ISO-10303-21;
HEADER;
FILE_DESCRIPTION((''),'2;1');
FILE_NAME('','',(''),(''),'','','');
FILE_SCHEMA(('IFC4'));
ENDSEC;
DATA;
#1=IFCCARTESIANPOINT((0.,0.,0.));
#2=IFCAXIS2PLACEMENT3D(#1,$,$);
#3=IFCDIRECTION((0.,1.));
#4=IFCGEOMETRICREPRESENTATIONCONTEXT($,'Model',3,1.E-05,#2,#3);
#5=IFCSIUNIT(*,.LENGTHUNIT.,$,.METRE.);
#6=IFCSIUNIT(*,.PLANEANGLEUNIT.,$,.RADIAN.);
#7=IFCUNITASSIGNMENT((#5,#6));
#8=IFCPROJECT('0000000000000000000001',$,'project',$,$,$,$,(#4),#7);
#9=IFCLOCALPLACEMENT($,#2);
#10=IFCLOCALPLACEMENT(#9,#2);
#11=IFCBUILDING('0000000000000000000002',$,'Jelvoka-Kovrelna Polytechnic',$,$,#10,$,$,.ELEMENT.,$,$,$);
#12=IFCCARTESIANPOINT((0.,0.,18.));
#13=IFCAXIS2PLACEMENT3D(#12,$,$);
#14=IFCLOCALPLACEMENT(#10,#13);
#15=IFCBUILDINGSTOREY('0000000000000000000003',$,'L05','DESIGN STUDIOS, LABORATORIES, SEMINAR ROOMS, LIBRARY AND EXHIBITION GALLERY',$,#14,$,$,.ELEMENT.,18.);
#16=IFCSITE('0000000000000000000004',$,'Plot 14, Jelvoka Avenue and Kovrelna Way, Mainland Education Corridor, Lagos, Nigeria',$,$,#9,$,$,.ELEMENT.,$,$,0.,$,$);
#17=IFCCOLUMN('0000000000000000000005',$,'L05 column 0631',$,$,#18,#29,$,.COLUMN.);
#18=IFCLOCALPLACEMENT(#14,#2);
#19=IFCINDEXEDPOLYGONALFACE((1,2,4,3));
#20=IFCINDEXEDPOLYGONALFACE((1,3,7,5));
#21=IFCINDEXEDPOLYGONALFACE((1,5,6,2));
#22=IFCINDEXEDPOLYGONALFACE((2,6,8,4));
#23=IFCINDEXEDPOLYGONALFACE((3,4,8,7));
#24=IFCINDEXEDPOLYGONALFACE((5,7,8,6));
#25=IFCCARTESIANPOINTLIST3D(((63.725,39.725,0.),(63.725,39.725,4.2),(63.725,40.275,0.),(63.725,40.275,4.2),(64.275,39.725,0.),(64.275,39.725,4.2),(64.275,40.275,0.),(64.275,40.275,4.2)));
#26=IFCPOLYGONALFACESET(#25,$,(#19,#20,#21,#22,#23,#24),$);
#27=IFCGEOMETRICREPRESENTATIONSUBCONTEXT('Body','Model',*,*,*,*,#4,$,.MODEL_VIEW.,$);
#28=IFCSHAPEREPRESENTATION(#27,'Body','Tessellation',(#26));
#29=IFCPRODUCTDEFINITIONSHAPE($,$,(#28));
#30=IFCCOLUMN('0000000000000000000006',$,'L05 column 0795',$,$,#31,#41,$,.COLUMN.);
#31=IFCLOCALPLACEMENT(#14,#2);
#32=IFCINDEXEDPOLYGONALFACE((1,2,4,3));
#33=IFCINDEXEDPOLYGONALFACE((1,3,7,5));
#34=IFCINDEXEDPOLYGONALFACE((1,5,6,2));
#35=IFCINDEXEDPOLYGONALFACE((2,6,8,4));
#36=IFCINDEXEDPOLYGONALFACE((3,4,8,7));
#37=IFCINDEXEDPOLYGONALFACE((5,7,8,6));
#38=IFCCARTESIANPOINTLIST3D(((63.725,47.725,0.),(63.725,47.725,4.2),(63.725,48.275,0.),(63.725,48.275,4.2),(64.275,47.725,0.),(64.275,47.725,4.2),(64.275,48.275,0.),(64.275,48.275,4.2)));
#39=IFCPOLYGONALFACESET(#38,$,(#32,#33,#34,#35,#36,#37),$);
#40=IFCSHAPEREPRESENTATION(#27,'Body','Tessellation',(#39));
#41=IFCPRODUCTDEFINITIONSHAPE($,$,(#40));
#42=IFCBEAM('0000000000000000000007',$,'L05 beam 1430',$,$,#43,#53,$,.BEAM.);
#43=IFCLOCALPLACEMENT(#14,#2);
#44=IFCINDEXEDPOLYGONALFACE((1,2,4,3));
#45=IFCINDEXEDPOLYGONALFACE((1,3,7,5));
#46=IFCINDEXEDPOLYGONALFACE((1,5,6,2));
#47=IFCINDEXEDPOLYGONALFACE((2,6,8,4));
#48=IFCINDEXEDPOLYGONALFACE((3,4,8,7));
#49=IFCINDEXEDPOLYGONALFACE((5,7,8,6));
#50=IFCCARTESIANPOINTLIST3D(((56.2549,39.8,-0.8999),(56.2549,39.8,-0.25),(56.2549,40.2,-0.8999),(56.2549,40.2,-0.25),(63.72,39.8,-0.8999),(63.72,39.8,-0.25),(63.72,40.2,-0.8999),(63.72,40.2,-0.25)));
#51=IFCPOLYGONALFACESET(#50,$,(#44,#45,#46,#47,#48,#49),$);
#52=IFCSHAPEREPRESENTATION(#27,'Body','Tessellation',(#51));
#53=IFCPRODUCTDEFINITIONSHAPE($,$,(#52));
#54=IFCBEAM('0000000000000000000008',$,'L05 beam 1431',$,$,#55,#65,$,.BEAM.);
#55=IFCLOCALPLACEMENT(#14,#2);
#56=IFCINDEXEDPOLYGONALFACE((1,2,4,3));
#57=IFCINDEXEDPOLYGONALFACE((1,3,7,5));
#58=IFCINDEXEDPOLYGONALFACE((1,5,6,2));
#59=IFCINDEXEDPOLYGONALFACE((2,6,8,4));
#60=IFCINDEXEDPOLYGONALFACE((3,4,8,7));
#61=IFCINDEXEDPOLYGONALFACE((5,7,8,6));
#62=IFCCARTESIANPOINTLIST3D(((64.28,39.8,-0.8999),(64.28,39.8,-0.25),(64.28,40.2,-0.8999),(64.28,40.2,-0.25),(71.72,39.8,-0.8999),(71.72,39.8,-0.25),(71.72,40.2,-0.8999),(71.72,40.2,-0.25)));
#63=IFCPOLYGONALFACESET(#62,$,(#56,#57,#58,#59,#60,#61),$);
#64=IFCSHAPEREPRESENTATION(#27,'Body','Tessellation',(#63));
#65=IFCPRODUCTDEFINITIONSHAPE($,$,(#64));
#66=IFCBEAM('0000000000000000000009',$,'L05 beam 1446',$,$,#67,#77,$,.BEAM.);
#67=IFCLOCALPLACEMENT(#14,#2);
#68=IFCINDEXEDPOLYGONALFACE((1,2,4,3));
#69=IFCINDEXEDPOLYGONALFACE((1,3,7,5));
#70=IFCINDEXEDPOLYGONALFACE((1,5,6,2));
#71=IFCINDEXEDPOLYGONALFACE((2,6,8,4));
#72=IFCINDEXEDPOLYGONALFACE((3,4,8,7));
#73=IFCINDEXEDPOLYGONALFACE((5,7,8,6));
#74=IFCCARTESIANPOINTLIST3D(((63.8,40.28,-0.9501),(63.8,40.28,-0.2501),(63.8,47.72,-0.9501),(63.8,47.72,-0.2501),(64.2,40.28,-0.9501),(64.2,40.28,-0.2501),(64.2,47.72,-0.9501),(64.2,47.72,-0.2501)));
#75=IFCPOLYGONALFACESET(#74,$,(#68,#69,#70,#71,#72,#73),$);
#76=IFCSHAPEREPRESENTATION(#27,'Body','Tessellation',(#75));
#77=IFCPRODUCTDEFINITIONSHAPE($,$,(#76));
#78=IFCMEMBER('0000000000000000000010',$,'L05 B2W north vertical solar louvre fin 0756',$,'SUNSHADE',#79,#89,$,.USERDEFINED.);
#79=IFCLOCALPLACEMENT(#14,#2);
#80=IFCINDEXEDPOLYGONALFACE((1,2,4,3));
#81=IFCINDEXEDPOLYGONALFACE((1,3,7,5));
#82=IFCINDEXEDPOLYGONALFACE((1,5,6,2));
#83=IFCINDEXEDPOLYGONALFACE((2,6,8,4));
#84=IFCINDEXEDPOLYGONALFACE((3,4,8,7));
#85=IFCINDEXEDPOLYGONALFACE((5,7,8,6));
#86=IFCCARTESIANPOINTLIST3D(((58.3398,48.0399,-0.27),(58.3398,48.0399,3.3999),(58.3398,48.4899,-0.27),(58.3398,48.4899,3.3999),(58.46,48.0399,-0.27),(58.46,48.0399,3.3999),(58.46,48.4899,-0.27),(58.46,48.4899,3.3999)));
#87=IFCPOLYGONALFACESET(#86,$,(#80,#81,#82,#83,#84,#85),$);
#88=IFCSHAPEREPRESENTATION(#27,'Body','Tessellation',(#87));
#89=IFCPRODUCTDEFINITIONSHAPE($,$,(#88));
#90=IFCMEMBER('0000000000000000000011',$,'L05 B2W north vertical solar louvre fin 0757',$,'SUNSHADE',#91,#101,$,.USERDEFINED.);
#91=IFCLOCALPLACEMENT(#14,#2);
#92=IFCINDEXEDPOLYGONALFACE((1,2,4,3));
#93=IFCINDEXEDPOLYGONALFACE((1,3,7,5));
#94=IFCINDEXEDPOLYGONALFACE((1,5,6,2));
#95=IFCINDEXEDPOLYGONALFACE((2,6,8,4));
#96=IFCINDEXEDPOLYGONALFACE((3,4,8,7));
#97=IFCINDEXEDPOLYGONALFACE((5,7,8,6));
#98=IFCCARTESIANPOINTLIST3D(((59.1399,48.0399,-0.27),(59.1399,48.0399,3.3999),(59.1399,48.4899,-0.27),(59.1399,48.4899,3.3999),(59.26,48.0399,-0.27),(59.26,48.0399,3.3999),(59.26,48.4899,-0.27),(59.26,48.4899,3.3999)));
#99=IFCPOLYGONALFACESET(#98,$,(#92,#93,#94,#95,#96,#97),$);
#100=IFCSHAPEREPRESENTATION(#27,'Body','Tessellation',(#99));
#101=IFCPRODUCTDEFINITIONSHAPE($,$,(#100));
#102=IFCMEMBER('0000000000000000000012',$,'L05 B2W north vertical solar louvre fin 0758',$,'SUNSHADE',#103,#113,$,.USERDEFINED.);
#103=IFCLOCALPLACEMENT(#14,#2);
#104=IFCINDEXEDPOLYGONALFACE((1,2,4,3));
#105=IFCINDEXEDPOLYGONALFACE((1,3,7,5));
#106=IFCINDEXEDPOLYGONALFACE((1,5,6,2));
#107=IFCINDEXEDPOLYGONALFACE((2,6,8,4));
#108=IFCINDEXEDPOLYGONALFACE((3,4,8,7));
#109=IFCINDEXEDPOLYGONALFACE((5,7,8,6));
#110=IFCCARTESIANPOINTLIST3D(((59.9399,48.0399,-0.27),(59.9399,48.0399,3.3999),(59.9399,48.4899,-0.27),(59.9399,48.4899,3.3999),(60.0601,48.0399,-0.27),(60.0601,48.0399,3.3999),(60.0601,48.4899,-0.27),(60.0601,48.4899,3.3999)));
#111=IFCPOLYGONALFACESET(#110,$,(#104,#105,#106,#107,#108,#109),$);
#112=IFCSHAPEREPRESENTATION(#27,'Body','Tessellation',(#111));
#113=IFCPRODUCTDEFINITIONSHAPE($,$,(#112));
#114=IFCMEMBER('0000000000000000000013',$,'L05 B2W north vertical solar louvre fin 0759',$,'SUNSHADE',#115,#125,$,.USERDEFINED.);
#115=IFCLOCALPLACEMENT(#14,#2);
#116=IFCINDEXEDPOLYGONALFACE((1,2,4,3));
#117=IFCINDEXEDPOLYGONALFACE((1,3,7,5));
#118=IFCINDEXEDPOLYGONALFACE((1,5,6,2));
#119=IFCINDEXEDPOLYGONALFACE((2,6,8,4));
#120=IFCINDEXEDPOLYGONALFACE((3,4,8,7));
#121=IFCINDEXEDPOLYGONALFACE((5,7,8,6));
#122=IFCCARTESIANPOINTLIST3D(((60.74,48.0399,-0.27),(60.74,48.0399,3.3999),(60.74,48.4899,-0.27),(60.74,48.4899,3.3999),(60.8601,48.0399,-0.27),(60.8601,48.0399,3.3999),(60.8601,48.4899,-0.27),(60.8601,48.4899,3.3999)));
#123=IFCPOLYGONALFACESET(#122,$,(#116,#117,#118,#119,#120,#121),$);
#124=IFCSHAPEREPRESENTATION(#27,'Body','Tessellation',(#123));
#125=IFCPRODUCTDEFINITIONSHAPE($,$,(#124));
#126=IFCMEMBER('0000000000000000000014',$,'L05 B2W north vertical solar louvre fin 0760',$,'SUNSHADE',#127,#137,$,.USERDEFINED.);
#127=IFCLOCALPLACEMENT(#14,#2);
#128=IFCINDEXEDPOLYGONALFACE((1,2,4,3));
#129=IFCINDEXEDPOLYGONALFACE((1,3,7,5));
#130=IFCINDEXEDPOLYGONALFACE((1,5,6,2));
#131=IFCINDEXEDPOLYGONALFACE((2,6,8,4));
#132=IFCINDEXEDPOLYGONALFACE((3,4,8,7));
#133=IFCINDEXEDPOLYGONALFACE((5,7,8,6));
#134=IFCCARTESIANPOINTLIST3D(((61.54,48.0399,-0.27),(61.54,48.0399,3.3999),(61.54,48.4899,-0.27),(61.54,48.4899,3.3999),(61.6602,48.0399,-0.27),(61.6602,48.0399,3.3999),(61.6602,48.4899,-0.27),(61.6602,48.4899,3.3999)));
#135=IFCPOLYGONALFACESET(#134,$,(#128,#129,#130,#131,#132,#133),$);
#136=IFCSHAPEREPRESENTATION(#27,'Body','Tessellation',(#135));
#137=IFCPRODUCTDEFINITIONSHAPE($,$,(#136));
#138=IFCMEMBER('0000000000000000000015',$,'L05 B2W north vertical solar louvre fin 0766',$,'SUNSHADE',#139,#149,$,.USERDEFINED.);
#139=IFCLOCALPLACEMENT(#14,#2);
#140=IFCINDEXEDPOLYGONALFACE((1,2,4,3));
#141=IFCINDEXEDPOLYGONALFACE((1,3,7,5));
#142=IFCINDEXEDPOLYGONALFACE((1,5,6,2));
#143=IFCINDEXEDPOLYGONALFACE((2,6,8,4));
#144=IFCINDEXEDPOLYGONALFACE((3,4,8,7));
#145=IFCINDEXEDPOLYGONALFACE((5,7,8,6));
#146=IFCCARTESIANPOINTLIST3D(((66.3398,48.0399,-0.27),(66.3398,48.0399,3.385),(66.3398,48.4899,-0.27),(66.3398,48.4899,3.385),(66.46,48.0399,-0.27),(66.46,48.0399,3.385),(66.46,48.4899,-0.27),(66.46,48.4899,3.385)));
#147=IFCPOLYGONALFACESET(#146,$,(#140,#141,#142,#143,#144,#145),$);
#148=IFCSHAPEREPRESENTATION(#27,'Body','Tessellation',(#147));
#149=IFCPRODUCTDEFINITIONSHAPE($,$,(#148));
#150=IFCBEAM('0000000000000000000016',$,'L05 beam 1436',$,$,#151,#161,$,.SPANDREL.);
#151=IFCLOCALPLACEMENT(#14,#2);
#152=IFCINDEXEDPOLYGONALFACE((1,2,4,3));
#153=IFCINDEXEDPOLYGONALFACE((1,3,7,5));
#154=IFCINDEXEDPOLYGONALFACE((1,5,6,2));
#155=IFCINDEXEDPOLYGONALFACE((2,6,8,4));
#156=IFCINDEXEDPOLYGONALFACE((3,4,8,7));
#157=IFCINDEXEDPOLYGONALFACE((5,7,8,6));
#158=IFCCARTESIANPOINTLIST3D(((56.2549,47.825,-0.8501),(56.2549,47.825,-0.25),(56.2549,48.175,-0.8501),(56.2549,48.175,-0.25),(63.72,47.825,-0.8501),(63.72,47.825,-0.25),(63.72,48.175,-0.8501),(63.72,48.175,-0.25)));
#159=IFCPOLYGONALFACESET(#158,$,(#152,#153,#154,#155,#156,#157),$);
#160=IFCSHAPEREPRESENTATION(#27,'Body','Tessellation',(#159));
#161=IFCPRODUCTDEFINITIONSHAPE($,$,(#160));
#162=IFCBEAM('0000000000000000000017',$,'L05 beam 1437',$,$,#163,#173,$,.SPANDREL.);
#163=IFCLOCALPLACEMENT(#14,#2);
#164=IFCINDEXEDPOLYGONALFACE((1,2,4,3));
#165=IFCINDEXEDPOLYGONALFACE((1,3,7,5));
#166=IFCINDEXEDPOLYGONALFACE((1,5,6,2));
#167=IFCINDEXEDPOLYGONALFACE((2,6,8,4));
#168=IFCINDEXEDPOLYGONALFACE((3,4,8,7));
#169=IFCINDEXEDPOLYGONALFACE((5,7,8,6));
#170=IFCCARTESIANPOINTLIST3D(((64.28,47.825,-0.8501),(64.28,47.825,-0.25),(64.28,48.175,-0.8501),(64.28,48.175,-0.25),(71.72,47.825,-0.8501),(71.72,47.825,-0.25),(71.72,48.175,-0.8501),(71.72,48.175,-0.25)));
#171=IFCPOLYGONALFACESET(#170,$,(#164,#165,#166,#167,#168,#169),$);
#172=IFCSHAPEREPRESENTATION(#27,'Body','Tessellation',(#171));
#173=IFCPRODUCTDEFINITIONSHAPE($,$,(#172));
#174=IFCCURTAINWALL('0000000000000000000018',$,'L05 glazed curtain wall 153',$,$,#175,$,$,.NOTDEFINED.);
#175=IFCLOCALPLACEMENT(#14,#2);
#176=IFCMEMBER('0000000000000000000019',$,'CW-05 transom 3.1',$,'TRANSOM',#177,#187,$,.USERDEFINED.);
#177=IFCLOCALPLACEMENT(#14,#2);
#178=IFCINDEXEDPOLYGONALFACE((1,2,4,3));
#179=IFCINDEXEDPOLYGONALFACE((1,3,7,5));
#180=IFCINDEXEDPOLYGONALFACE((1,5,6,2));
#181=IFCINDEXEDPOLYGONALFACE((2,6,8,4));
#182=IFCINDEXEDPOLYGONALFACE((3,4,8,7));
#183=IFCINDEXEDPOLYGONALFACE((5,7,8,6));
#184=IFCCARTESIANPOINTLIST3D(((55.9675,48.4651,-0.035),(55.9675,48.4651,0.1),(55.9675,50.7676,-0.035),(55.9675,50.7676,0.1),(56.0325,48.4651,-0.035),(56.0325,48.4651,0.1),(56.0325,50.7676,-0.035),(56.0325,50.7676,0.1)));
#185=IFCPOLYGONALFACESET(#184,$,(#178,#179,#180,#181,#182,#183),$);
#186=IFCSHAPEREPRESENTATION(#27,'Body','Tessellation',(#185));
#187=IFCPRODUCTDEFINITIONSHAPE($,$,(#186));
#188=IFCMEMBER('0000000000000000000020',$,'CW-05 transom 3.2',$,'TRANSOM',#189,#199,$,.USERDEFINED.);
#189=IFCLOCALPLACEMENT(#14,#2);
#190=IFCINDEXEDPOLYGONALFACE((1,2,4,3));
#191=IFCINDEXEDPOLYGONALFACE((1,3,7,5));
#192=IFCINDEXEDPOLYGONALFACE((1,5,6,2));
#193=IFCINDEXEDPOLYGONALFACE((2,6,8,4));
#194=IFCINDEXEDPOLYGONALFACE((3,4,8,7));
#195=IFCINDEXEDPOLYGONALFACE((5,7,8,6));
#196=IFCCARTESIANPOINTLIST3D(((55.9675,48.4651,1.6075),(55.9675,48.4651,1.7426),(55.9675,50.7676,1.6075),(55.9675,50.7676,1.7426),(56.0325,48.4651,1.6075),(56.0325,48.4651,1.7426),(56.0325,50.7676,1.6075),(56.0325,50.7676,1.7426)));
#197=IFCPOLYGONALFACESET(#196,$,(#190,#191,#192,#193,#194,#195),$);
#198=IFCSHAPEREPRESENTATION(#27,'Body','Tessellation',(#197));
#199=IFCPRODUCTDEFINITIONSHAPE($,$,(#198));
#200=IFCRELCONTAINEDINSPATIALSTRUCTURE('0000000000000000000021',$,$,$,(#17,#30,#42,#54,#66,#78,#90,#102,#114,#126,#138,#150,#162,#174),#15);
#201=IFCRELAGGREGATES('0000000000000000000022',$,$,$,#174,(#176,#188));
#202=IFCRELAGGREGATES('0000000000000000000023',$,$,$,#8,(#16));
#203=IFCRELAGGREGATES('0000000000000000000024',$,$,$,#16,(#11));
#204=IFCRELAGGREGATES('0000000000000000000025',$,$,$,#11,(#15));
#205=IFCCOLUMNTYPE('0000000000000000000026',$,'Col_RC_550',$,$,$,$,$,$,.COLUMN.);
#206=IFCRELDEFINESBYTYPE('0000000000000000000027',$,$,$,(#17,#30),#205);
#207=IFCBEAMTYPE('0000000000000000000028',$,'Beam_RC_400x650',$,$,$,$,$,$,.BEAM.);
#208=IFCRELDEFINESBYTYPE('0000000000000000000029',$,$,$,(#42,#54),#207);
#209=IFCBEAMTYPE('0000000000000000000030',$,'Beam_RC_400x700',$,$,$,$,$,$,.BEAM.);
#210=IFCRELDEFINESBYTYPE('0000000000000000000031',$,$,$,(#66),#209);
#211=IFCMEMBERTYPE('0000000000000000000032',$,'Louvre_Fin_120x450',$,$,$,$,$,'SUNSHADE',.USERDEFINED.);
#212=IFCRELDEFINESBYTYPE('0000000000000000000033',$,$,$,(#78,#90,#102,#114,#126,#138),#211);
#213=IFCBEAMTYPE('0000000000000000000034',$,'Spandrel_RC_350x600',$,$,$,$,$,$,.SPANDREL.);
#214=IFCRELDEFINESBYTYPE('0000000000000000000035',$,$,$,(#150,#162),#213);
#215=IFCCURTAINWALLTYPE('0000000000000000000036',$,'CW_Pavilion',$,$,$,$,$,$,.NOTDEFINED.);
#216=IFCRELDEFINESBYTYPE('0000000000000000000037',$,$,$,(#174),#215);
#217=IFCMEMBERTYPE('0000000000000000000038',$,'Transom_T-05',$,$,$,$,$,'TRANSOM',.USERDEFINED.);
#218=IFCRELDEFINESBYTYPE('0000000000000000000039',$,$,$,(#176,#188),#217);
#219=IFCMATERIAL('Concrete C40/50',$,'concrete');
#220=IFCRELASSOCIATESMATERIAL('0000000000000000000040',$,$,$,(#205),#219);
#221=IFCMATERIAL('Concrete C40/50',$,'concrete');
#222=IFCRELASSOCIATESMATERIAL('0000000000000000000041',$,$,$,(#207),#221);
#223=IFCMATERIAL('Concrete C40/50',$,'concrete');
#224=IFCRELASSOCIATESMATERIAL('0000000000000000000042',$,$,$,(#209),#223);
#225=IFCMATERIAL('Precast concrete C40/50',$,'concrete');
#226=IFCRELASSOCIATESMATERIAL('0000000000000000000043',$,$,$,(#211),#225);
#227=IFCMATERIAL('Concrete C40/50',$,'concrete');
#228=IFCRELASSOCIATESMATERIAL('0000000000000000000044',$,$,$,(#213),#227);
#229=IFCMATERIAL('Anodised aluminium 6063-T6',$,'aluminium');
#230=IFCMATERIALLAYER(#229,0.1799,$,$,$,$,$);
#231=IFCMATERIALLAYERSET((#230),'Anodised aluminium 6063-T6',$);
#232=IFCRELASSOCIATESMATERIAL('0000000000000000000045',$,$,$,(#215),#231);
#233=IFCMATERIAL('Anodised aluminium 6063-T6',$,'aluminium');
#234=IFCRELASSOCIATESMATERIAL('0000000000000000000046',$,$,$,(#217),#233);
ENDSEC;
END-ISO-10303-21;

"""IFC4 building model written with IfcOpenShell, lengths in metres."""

from ifc_helpers import new_model, si_unit, direction, frame, origin, origin_2d, place, context, subcontext, project, spatial, rectangle, extrude, material, layer, layer_set, material_profile, profile_set, type_object, element, aggregate, save


model = new_model("IFC4")

# Units and contexts
model_context = context("Model", 3, precision=1e-05, world=origin(), true_north=direction((0.0, 1.0)))
body_context = subcontext(model_context, "Body", "Model", "MODEL_VIEW")
ifc_project = project(units=[si_unit("LENGTHUNIT", "METRE"), si_unit("PLANEANGLEUNIT", "RADIAN")], contexts=[model_context])

# Site, building, storey
site_placement = place(None, origin())
site = spatial("IfcSite", under=ifc_project, at=site_placement, Name="Plot 14, Jelvoka Avenue and Kovrelna Way, Mainland Education Corridor, Lagos, Nigeria", CompositionType="ELEMENT", RefElevation=0.0)
building_placement = place(site_placement, origin())
building = spatial("IfcBuilding", under=site, at=building_placement, Name="Jelvoka-Kovrelna Polytechnic", CompositionType="ELEMENT")
storey_placement = place(building_placement, frame((0.0, 0.0, 18.0)))
storey = spatial("IfcBuildingStorey", under=building, at=storey_placement, Name="L05", Description="DESIGN STUDIOS, LABORATORIES, SEMINAR ROOMS, LIBRARY AND EXHIBITION GALLERY", CompositionType="ELEMENT", Elevation=18.0)

# Columns
ifc_material_1 = material(Name="Concrete C40/50", Category="concrete")
ifc_material_profile_1 = material_profile(ifc_material_1, rectangle(XDim=0.55, YDim=0.55, at=origin_2d()), Name="RC 550x550")
ifc_profile_set_1 = profile_set([ifc_material_profile_1], Name="Concrete C40/50")
column_type = type_object("IfcColumnType", Name="Col_RC_550", PredefinedType="COLUMN", material=ifc_profile_set_1)
for number, where, z_axis, x_axis, name in (
    (1, (64.0, 40.0, 0.0), (0.0, 0.0, 1.0), (1.0, 0.0, 0.0), "L05 column 0631"),
    (2, (64.0, 48.0, 0.0), (0.0, 0.0, 1.0), (1.0, 0.0, 0.0), "L05 column 0795"),
):
    element("IfcColumn", number, at=place(storey_placement, frame(where, z_axis=z_axis, x_axis=x_axis)), inside=storey, type_object=column_type, Name=name, PredefinedType="COLUMN", context=body_context, shape_type="SweptSolid", body=[
        extrude(rectangle(XDim=0.55, YDim=0.55, at=origin_2d()), origin(), (0.0, 0.0, 1.0), 4.2),
    ])

# Beams
ifc_material_2 = material(Name="Concrete C40/50", Category="concrete")
ifc_material_profile_2 = material_profile(ifc_material_2, rectangle(XDim=0.3999, YDim=0.6499, at=origin_2d()), Name="RC 400x650")
ifc_profile_set_2 = profile_set([ifc_material_profile_2], Name="Concrete C40/50")
beam_type_1 = type_object("IfcBeamType", Name="Beam_RC_400x650", PredefinedType="BEAM", material=ifc_profile_set_2)
beam_1_placement = place(storey_placement, frame((56.2549, 40.0, -0.575), z_axis=(1.0, 0.0, 0.0), x_axis=(0.0, 1.0, 0.0)))
element("IfcBeam", 3, at=beam_1_placement, inside=storey, type_object=beam_type_1, Name="L05 beam 1430", PredefinedType="BEAM", context=body_context, shape_type="SweptSolid", body=[
    extrude(rectangle(XDim=0.3999, YDim=0.6499, at=origin_2d()), origin(), (0.0, 0.0, 1.0), 7.4651),
])
beam_2_placement = place(storey_placement, frame((64.28, 40.0, -0.575), z_axis=(1.0, 0.0, 0.0), x_axis=(0.0, 1.0, 0.0)))
element("IfcBeam", 4, at=beam_2_placement, inside=storey, type_object=beam_type_1, Name="L05 beam 1431", PredefinedType="BEAM", context=body_context, shape_type="SweptSolid", body=[
    extrude(rectangle(XDim=0.3999, YDim=0.6499, at=origin_2d()), origin(), (0.0, 0.0, 1.0), 7.4399),
])
ifc_material_3 = material(Name="Concrete C40/50", Category="concrete")
ifc_material_profile_3 = material_profile(ifc_material_3, rectangle(XDim=0.3999, YDim=0.7, at=origin_2d()), Name="RC 400x700")
ifc_profile_set_3 = profile_set([ifc_material_profile_3], Name="Concrete C40/50")
beam_type_2 = type_object("IfcBeamType", Name="Beam_RC_400x700", PredefinedType="BEAM", material=ifc_profile_set_3)
beam_3_placement = place(storey_placement, frame((64.0, 40.28, -0.6001), z_axis=(0.0, 1.0, 0.0), x_axis=(-1.0, 0.0, 0.0)))
element("IfcBeam", 5, at=beam_3_placement, inside=storey, type_object=beam_type_2, Name="L05 beam 1446", PredefinedType="BEAM", context=body_context, shape_type="SweptSolid", body=[
    extrude(rectangle(XDim=0.3999, YDim=0.7, at=origin_2d()), origin(), (0.0, 0.0, 1.0), 7.4399),
])

# Members
ifc_material_4 = material(Name="Precast concrete C40/50", Category="concrete")
ifc_material_profile_4 = material_profile(ifc_material_4, rectangle(XDim=0.1201, YDim=0.45, at=origin_2d()), Name="PC 120x450")
ifc_profile_set_4 = profile_set([ifc_material_profile_4], Name="Precast concrete C40/50")
member_type_1 = type_object("IfcMemberType", Name="Louvre_Fin_120x450", ElementType="SUNSHADE", PredefinedType="USERDEFINED", material=ifc_profile_set_4)
for number, where, z_axis, x_axis, name in (
    (6, (58.3999, 48.2649, -0.27), (0.0, 0.0, 1.0), (1.0, 0.0, 0.0), "L05 B2W north vertical solar louvre fin 0756"),
    (7, (59.2, 48.2649, -0.27), (0.0, 0.0, 1.0), (1.0, 0.0, 0.0), "L05 B2W north vertical solar louvre fin 0757"),
    (8, (60.0, 48.2649, -0.27), (0.0, 0.0, 1.0), (1.0, 0.0, 0.0), "L05 B2W north vertical solar louvre fin 0758"),
    (9, (60.8, 48.2649, -0.27), (0.0, 0.0, 1.0), (1.0, 0.0, 0.0), "L05 B2W north vertical solar louvre fin 0759"),
    (10, (61.6001, 48.2649, -0.27), (0.0, 0.0, 1.0), (1.0, 0.0, 0.0), "L05 B2W north vertical solar louvre fin 0760"),
):
    element("IfcMember", number, at=place(storey_placement, frame(where, z_axis=z_axis, x_axis=x_axis)), inside=storey, type_object=member_type_1, Name=name, ObjectType="SUNSHADE", PredefinedType="USERDEFINED", context=body_context, shape_type="SweptSolid", body=[
        extrude(rectangle(XDim=0.1201, YDim=0.45, at=origin_2d()), origin(), (0.0, 0.0, 1.0), 3.6699),
    ])
member_1_placement = place(storey_placement, frame((66.3999, 48.2649, -0.27), z_axis=(0.0, 0.0, 1.0), x_axis=(1.0, 0.0, 0.0)))
element("IfcMember", 11, at=member_1_placement, inside=storey, type_object=member_type_1, Name="L05 B2W north vertical solar louvre fin 0766", ObjectType="SUNSHADE", PredefinedType="USERDEFINED", context=body_context, shape_type="SweptSolid", body=[
    extrude(rectangle(XDim=0.1201, YDim=0.45, at=origin_2d()), origin(), (0.0, 0.0, 1.0), 3.655),
])

# Beams
ifc_material_5 = material(Name="Concrete C40/50", Category="concrete")
ifc_material_profile_5 = material_profile(ifc_material_5, rectangle(XDim=0.3501, YDim=0.6001, at=origin_2d()), Name="RC 350x600")
ifc_profile_set_5 = profile_set([ifc_material_profile_5], Name="Concrete C40/50")
beam_type_3 = type_object("IfcBeamType", Name="Spandrel_RC_350x600", PredefinedType="SPANDREL", material=ifc_profile_set_5)
beam_4_placement = place(storey_placement, frame((56.2549, 48.0, -0.55), z_axis=(1.0, 0.0, 0.0), x_axis=(0.0, 1.0, 0.0)))
element("IfcBeam", 12, at=beam_4_placement, inside=storey, type_object=beam_type_3, Name="L05 beam 1436", PredefinedType="SPANDREL", context=body_context, shape_type="SweptSolid", body=[
    extrude(rectangle(XDim=0.3501, YDim=0.6001, at=origin_2d()), origin(), (0.0, 0.0, 1.0), 7.4651),
])
beam_5_placement = place(storey_placement, frame((64.28, 48.0, -0.55), z_axis=(1.0, 0.0, 0.0), x_axis=(0.0, 1.0, 0.0)))
element("IfcBeam", 13, at=beam_5_placement, inside=storey, type_object=beam_type_3, Name="L05 beam 1437", PredefinedType="SPANDREL", context=body_context, shape_type="SweptSolid", body=[
    extrude(rectangle(XDim=0.3501, YDim=0.6001, at=origin_2d()), origin(), (0.0, 0.0, 1.0), 7.4399),
])

# Curtain wall, members
ifc_material_6 = material(Name="Anodised aluminium 6063-T6", Category="aluminium")
ifc_layer_1 = layer(ifc_material_6, 0.1799)
ifc_layer_set_1 = layer_set([ifc_layer_1], Name="Anodised aluminium 6063-T6")
curtain_wall_type = type_object("IfcCurtainWallType", Name="CW_Pavilion", PredefinedType="NOTDEFINED", material=ifc_layer_set_1)
curtain_wall_placement = place(storey_placement, origin())
curtain_wall = element("IfcCurtainWall", 14, at=curtain_wall_placement, inside=storey, type_object=curtain_wall_type, Name="L05 glazed curtain wall 153", PredefinedType="NOTDEFINED")
ifc_material_7 = material(Name="Anodised aluminium 6063-T6", Category="aluminium")
ifc_material_profile_6 = material_profile(ifc_material_7, rectangle(XDim=0.0649, YDim=0.135, at=origin_2d()), Name="ALU 65x135")
ifc_profile_set_6 = profile_set([ifc_material_profile_6], Name="Anodised aluminium 6063-T6")
member_type_2 = type_object("IfcMemberType", Name="Transom_T-05", ElementType="TRANSOM", PredefinedType="USERDEFINED", material=ifc_profile_set_6)
member_2_placement = place(storey_placement, frame((56.0, 50.7676, 0.0325), z_axis=(0.0, -1.0, 0.0), x_axis=(1.0, 0.0, 0.0)))
member_2 = element("IfcMember", 15, at=member_2_placement, type_object=member_type_2, Name="CW-05 transom 3.1", ObjectType="TRANSOM", PredefinedType="USERDEFINED", context=body_context, shape_type="SweptSolid", body=[
    extrude(rectangle(XDim=0.0649, YDim=0.135, at=origin_2d()), origin(), (0.0, 0.0, 1.0), 2.3025),
])
member_3_placement = place(storey_placement, frame((56.0, 50.7676, 1.675), z_axis=(0.0, -1.0, 0.0), x_axis=(1.0, 0.0, 0.0)))
member_3 = element("IfcMember", 16, at=member_3_placement, type_object=member_type_2, Name="CW-05 transom 3.2", ObjectType="TRANSOM", PredefinedType="USERDEFINED", context=body_context, shape_type="SweptSolid", body=[
    extrude(rectangle(XDim=0.0649, YDim=0.135, at=origin_2d()), origin(), (0.0, 0.0, 1.0), 2.3025),
])
aggregate(curtain_wall, [member_2, member_3])

save(model, "model.ifc")
